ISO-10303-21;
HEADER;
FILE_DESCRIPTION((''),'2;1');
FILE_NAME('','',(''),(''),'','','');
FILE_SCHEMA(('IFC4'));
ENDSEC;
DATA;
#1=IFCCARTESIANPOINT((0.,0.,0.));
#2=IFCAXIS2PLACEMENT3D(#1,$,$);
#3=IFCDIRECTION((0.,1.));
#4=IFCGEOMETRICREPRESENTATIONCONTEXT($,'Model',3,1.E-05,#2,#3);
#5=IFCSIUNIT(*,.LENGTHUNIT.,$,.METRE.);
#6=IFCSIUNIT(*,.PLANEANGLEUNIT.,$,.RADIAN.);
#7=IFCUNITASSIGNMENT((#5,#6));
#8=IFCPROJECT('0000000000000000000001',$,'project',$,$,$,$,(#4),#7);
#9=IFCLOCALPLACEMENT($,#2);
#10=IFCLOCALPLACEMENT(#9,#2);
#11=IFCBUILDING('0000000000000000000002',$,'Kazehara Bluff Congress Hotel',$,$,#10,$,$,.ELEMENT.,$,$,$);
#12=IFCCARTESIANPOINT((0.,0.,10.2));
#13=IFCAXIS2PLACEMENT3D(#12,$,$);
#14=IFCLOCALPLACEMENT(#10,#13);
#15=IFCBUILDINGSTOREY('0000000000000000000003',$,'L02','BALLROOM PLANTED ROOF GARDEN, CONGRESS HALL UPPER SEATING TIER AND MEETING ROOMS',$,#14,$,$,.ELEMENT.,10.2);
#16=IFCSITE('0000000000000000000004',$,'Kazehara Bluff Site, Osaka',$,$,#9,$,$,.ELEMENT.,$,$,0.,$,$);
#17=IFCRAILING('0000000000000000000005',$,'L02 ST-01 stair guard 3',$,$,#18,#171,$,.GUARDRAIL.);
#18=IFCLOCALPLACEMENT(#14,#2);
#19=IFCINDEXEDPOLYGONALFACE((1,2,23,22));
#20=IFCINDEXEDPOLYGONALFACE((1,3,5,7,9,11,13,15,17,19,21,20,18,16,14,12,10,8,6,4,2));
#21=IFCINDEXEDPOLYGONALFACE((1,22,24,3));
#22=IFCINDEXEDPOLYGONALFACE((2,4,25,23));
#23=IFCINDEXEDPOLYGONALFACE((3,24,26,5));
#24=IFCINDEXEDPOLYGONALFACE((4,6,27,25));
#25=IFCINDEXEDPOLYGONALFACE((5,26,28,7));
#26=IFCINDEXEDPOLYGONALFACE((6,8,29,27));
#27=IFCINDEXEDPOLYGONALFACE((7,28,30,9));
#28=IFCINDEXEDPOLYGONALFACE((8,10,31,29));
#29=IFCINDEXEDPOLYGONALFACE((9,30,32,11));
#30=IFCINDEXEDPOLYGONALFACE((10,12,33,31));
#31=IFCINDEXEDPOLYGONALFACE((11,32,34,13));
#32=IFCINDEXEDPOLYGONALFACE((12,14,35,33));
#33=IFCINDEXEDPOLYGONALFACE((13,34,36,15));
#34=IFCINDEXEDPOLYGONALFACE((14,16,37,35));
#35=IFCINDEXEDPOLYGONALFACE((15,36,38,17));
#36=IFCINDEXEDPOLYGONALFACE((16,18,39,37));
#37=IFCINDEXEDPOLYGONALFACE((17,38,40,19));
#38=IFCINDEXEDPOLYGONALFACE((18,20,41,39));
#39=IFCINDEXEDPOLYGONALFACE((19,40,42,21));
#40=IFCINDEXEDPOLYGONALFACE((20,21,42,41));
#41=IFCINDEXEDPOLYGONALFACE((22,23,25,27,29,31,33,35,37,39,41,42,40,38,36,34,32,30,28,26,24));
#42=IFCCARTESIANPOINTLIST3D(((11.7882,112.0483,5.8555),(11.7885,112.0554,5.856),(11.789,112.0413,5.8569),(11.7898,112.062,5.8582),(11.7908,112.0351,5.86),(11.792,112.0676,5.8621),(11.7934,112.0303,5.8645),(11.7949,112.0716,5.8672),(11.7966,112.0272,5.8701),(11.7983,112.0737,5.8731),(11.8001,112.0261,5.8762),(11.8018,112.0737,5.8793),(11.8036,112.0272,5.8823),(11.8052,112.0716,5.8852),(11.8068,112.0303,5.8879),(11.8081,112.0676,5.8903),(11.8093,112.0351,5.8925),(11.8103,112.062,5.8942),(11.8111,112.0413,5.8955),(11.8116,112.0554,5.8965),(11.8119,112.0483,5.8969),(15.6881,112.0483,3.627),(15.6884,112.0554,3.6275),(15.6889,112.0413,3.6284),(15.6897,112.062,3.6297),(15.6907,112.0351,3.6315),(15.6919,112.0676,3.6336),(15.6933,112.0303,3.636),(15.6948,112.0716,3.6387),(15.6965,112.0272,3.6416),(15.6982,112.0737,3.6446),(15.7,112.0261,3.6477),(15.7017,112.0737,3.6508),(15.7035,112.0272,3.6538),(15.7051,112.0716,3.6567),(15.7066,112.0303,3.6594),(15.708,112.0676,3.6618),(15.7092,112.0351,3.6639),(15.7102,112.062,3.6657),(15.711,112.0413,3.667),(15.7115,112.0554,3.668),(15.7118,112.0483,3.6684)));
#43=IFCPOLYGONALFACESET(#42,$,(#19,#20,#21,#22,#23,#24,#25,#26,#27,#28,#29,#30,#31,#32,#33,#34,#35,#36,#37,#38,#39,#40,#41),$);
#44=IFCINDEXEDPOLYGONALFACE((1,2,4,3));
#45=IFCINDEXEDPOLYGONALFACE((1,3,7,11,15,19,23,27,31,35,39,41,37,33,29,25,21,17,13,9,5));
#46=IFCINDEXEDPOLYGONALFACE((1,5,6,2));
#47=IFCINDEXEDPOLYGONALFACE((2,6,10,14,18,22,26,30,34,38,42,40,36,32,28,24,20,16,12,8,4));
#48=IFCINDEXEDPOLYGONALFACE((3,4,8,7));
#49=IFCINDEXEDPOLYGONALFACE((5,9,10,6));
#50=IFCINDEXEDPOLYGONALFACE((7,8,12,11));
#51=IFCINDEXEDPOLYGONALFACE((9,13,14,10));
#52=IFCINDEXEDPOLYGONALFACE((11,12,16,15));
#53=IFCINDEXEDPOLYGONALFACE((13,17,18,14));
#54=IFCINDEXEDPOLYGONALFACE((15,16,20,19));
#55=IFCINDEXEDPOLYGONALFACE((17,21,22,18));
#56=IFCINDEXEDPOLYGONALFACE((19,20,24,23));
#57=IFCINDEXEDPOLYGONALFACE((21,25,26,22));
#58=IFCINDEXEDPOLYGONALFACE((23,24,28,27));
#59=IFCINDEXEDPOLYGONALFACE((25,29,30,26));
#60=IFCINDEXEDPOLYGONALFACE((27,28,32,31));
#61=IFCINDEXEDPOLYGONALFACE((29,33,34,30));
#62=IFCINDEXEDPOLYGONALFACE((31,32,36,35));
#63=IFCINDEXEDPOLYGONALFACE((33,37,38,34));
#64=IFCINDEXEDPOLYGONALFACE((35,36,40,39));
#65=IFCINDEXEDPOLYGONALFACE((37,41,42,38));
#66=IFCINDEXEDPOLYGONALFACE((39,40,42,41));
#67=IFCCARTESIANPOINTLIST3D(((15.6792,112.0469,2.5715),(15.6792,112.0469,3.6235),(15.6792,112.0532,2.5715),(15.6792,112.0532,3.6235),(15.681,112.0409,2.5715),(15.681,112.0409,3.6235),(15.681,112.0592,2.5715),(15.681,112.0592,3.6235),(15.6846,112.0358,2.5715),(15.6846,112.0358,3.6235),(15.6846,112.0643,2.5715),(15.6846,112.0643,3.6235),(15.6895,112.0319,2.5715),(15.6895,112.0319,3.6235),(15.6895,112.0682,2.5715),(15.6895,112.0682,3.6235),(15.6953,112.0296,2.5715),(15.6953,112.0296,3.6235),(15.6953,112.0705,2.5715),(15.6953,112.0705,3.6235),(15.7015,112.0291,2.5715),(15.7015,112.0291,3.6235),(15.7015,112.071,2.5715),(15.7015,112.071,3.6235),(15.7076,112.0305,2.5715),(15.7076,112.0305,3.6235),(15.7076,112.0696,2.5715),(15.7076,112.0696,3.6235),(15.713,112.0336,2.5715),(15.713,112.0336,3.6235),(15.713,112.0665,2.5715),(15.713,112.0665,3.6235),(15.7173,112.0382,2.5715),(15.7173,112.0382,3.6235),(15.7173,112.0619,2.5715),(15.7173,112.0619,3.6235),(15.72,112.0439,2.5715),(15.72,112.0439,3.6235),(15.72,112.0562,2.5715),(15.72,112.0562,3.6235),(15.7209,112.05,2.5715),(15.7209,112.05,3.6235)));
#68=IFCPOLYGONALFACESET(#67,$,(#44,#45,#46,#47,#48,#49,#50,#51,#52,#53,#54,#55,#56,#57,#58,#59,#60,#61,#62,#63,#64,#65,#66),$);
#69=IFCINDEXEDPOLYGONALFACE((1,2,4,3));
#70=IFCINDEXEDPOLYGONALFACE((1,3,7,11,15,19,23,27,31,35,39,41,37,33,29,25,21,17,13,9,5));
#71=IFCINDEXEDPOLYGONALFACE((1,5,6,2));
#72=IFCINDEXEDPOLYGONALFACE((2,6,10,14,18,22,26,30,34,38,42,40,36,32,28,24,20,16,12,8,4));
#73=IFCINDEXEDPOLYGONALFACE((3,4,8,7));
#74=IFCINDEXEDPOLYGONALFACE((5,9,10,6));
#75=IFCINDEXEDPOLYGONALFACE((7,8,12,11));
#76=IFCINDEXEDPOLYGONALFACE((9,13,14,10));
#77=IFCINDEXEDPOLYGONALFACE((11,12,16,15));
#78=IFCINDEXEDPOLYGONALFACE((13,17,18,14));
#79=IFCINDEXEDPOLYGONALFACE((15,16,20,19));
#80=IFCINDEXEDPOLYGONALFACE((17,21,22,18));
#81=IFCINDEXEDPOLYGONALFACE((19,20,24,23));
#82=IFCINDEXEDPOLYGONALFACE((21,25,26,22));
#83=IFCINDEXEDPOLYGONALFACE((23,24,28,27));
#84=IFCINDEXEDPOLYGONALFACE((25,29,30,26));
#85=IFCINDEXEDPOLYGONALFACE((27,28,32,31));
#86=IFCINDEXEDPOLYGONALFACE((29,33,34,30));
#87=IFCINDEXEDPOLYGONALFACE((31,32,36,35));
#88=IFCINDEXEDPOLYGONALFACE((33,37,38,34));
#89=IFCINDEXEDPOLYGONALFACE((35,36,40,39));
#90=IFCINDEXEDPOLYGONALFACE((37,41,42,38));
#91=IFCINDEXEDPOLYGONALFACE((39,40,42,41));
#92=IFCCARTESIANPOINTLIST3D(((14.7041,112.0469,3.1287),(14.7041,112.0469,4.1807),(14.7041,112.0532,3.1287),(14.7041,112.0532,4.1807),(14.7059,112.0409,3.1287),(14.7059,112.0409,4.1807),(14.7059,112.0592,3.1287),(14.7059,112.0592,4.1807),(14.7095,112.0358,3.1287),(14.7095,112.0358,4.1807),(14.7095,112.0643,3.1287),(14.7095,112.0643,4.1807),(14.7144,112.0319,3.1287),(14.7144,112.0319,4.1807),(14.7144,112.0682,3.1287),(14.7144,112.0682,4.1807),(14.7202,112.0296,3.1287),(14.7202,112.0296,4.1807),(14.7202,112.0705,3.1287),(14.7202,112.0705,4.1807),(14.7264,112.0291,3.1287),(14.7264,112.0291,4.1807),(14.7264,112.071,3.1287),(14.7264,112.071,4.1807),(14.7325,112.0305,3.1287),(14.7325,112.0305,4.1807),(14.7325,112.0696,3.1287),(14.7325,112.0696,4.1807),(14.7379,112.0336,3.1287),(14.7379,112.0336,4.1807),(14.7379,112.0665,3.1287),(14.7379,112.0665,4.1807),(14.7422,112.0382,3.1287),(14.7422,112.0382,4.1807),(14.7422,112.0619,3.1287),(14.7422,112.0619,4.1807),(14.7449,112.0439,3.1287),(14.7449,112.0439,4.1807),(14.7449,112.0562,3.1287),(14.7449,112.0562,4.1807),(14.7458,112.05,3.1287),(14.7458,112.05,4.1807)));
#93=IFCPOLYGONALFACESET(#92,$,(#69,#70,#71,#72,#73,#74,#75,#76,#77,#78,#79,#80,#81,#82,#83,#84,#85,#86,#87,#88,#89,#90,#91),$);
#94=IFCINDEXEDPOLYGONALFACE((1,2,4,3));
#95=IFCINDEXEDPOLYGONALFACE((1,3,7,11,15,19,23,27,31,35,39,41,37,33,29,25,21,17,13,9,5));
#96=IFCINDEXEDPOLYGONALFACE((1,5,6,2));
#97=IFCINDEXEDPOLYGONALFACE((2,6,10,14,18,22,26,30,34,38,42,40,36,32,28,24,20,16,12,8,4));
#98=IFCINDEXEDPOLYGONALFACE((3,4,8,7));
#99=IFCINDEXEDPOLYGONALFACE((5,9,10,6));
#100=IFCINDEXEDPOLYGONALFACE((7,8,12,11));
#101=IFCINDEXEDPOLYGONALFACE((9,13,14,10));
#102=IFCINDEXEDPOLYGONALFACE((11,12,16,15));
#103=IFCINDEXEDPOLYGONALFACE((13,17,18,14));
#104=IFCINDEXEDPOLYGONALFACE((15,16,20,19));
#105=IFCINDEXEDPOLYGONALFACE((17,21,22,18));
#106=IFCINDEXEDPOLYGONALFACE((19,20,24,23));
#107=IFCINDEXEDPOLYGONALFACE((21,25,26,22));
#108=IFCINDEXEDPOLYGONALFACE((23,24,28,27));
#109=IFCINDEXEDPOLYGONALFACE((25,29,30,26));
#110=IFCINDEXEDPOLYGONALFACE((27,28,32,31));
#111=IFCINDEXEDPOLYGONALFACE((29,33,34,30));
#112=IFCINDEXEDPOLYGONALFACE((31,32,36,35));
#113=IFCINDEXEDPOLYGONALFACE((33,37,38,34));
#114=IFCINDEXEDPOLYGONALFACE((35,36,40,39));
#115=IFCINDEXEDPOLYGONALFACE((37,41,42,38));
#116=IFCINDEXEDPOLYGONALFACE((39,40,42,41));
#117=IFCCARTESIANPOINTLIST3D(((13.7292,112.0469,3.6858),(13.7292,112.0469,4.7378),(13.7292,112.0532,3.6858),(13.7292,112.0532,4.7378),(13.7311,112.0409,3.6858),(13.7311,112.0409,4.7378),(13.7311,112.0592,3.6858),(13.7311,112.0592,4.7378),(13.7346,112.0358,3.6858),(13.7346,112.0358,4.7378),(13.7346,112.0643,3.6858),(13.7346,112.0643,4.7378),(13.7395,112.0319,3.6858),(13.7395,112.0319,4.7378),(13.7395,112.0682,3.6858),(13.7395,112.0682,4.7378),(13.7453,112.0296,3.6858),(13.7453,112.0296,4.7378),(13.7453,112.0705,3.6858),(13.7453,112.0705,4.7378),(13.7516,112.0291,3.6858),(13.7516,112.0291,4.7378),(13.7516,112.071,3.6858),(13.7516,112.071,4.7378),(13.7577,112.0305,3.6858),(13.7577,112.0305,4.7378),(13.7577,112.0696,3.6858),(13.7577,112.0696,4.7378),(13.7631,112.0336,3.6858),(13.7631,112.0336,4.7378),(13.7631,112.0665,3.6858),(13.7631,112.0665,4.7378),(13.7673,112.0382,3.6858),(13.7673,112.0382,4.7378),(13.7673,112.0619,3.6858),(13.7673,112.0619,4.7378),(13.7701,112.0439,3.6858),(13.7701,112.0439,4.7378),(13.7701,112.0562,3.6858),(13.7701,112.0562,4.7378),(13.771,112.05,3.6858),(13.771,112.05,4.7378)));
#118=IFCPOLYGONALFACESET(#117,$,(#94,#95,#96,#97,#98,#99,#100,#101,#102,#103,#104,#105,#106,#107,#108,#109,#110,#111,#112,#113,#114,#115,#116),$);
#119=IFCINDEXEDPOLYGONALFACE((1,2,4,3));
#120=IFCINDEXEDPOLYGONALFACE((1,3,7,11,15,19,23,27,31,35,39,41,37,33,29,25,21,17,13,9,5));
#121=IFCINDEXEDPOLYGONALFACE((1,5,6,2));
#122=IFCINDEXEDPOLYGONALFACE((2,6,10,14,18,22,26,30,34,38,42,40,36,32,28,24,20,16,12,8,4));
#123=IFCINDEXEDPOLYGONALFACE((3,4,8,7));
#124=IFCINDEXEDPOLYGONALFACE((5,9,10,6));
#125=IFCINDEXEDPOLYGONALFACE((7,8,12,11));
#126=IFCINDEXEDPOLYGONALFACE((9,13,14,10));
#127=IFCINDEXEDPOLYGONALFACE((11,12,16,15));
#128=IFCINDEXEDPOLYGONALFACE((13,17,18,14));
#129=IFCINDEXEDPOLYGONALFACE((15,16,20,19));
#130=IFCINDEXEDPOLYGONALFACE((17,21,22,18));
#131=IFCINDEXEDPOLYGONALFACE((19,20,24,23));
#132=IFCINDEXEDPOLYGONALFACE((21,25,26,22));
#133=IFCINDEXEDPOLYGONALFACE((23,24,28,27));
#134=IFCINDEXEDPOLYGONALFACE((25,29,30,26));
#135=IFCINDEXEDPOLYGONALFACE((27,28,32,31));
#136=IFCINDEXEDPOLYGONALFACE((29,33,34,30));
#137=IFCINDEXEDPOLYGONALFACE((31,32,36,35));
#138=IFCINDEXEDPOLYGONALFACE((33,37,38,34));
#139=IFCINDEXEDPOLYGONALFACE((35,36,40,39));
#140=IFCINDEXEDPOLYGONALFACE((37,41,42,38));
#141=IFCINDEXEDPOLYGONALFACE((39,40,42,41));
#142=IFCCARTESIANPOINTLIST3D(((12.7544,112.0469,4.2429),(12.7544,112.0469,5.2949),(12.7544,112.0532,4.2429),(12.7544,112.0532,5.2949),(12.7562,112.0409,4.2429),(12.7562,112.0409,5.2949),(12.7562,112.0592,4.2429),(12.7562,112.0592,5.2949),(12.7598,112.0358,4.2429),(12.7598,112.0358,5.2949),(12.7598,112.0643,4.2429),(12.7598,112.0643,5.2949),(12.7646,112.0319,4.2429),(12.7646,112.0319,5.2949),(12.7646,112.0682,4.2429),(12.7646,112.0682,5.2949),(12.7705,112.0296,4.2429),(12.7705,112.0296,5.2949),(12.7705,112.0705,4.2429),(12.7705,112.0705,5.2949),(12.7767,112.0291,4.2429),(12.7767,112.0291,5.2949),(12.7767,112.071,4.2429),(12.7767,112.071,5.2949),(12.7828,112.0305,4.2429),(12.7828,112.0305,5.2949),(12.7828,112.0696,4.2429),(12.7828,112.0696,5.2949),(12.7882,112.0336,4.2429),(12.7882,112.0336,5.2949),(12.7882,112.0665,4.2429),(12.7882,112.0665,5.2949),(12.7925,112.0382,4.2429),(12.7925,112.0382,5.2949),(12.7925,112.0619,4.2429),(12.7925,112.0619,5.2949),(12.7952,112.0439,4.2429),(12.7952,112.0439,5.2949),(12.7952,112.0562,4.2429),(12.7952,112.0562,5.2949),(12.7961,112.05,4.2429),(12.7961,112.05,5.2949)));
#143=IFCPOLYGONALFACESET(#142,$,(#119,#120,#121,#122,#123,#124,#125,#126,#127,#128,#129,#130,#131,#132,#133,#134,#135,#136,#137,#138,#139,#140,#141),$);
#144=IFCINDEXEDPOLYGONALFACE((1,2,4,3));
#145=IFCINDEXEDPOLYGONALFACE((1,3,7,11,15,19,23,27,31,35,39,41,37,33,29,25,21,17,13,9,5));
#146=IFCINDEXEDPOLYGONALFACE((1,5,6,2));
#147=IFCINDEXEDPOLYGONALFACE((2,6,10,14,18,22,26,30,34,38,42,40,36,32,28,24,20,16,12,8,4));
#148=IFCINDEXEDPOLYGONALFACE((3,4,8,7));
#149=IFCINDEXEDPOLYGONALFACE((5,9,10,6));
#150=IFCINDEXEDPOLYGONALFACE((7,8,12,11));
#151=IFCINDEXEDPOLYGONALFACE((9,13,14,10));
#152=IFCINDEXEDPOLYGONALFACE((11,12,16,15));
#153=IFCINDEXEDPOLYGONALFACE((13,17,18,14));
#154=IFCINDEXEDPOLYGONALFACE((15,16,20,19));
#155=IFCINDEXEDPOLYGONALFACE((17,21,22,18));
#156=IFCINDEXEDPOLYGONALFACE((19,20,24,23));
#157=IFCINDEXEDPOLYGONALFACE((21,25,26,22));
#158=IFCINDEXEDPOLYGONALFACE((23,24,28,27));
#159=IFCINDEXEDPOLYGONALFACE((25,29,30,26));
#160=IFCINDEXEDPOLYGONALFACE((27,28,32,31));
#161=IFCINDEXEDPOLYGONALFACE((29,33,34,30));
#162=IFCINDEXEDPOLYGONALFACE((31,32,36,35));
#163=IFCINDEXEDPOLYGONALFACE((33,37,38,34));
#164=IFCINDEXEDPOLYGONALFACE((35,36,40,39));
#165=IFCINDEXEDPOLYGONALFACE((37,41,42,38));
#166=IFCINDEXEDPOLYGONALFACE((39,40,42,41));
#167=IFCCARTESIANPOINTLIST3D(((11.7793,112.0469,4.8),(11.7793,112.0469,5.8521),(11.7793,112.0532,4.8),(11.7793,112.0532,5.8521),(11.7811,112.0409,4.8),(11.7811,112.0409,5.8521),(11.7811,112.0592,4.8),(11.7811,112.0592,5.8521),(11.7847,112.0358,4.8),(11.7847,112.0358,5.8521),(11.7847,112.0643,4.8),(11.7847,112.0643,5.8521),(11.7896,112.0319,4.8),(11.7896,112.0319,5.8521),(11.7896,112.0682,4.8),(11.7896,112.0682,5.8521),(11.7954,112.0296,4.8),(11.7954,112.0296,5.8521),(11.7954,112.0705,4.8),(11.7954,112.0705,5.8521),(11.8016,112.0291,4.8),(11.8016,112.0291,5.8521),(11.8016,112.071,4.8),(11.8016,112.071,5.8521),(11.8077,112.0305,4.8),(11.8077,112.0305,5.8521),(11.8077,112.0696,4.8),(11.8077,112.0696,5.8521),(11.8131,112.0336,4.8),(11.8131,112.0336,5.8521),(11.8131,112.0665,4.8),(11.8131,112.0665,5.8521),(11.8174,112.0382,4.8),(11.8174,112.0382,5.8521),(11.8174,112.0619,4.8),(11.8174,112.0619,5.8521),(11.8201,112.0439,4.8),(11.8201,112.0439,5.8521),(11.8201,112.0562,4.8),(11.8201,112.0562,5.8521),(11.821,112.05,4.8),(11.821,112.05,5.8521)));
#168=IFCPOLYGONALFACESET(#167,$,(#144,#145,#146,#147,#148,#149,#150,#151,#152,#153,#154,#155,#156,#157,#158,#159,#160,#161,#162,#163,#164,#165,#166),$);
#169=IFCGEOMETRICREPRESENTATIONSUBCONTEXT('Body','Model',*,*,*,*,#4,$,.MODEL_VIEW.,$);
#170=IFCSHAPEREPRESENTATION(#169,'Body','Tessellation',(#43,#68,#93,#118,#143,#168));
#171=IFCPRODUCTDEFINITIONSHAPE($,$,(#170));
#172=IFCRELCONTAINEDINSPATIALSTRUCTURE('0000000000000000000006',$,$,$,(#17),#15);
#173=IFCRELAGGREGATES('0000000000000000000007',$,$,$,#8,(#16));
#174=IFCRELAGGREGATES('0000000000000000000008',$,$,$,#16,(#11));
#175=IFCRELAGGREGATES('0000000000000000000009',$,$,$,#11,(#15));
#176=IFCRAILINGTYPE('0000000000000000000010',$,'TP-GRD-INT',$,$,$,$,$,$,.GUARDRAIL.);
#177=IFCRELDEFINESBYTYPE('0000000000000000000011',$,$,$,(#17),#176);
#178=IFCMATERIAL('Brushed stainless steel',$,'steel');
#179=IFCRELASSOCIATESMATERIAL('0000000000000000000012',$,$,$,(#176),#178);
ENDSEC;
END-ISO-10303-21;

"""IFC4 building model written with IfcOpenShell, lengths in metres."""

from ifc_helpers import new_model, si_unit, direction, frame, origin, origin_2d, place, context, subcontext, project, spatial, circle, extrude, material, type_object, element, save


model = new_model("IFC4")

# Units and contexts
model_context = context("Model", 3, precision=1e-05, world=origin(), true_north=direction((0.0, 1.0)))
body_context = subcontext(model_context, "Body", "Model", "MODEL_VIEW")
ifc_project = project(units=[si_unit("LENGTHUNIT", "METRE"), si_unit("PLANEANGLEUNIT", "RADIAN")], contexts=[model_context])

# Site, building, storey
site_placement = place(None, origin())
site = spatial("IfcSite", under=ifc_project, at=site_placement, Name="Kazehara Bluff Site, Osaka", CompositionType="ELEMENT", RefElevation=0.0)
building_placement = place(site_placement, origin())
building = spatial("IfcBuilding", under=site, at=building_placement, Name="Kazehara Bluff Congress Hotel", CompositionType="ELEMENT")
storey_placement = place(building_placement, frame((0.0, 0.0, 10.2)))
storey = spatial("IfcBuildingStorey", under=building, at=storey_placement, Name="L02", Description="BALLROOM PLANTED ROOF GARDEN, CONGRESS HALL UPPER SEATING TIER AND MEETING ROOMS", CompositionType="ELEMENT", Elevation=10.2)

# Railing
ifc_material_1 = material(Name="Brushed stainless steel", Category="steel")
railing_type_1 = type_object("IfcRailingType", Name="TP-GRD-INT", PredefinedType="GUARDRAIL", material=ifc_material_1)
railing_1_placement = place(storey_placement, frame((15.7, 112.05, 2.5715)))
element("IfcRailing", 1, at=railing_1_placement, inside=storey, type_object=railing_type_1, Name="L02 ST-01 stair guard 3", PredefinedType="GUARDRAIL", context=body_context, shape_type="SweptSolid", body=[
    extrude(circle(Radius=0.0239, at=origin_2d()), frame((0.0, 0.0, 1.0762), z_axis=(-0.868243, 0.0, 0.496139), x_axis=(0.0, -1.0, 0.0)), (0.0, 0.0, 1.0), 4.4917),
    extrude(circle(Radius=0.021, at=origin_2d()), origin(), (0.0, 0.0, 1.0), 1.052),
    extrude(circle(Radius=0.021, at=origin_2d()), frame((-0.9751, 0.0, 0.5571)), (0.0, 0.0, 1.0), 1.052),
    extrude(circle(Radius=0.021, at=origin_2d()), frame((-1.95, 0.0, 1.1143)), (0.0, 0.0, 1.0), 1.052),
    extrude(circle(Radius=0.021, at=origin_2d()), frame((-2.9248, 0.0, 1.6714)), (0.0, 0.0, 1.0), 1.052),
    extrude(circle(Radius=0.021, at=origin_2d()), frame((-3.8999, 0.0, 2.2285)), (0.0, 0.0, 1.0), 1.052),
])

save(model, "model.ifc")
